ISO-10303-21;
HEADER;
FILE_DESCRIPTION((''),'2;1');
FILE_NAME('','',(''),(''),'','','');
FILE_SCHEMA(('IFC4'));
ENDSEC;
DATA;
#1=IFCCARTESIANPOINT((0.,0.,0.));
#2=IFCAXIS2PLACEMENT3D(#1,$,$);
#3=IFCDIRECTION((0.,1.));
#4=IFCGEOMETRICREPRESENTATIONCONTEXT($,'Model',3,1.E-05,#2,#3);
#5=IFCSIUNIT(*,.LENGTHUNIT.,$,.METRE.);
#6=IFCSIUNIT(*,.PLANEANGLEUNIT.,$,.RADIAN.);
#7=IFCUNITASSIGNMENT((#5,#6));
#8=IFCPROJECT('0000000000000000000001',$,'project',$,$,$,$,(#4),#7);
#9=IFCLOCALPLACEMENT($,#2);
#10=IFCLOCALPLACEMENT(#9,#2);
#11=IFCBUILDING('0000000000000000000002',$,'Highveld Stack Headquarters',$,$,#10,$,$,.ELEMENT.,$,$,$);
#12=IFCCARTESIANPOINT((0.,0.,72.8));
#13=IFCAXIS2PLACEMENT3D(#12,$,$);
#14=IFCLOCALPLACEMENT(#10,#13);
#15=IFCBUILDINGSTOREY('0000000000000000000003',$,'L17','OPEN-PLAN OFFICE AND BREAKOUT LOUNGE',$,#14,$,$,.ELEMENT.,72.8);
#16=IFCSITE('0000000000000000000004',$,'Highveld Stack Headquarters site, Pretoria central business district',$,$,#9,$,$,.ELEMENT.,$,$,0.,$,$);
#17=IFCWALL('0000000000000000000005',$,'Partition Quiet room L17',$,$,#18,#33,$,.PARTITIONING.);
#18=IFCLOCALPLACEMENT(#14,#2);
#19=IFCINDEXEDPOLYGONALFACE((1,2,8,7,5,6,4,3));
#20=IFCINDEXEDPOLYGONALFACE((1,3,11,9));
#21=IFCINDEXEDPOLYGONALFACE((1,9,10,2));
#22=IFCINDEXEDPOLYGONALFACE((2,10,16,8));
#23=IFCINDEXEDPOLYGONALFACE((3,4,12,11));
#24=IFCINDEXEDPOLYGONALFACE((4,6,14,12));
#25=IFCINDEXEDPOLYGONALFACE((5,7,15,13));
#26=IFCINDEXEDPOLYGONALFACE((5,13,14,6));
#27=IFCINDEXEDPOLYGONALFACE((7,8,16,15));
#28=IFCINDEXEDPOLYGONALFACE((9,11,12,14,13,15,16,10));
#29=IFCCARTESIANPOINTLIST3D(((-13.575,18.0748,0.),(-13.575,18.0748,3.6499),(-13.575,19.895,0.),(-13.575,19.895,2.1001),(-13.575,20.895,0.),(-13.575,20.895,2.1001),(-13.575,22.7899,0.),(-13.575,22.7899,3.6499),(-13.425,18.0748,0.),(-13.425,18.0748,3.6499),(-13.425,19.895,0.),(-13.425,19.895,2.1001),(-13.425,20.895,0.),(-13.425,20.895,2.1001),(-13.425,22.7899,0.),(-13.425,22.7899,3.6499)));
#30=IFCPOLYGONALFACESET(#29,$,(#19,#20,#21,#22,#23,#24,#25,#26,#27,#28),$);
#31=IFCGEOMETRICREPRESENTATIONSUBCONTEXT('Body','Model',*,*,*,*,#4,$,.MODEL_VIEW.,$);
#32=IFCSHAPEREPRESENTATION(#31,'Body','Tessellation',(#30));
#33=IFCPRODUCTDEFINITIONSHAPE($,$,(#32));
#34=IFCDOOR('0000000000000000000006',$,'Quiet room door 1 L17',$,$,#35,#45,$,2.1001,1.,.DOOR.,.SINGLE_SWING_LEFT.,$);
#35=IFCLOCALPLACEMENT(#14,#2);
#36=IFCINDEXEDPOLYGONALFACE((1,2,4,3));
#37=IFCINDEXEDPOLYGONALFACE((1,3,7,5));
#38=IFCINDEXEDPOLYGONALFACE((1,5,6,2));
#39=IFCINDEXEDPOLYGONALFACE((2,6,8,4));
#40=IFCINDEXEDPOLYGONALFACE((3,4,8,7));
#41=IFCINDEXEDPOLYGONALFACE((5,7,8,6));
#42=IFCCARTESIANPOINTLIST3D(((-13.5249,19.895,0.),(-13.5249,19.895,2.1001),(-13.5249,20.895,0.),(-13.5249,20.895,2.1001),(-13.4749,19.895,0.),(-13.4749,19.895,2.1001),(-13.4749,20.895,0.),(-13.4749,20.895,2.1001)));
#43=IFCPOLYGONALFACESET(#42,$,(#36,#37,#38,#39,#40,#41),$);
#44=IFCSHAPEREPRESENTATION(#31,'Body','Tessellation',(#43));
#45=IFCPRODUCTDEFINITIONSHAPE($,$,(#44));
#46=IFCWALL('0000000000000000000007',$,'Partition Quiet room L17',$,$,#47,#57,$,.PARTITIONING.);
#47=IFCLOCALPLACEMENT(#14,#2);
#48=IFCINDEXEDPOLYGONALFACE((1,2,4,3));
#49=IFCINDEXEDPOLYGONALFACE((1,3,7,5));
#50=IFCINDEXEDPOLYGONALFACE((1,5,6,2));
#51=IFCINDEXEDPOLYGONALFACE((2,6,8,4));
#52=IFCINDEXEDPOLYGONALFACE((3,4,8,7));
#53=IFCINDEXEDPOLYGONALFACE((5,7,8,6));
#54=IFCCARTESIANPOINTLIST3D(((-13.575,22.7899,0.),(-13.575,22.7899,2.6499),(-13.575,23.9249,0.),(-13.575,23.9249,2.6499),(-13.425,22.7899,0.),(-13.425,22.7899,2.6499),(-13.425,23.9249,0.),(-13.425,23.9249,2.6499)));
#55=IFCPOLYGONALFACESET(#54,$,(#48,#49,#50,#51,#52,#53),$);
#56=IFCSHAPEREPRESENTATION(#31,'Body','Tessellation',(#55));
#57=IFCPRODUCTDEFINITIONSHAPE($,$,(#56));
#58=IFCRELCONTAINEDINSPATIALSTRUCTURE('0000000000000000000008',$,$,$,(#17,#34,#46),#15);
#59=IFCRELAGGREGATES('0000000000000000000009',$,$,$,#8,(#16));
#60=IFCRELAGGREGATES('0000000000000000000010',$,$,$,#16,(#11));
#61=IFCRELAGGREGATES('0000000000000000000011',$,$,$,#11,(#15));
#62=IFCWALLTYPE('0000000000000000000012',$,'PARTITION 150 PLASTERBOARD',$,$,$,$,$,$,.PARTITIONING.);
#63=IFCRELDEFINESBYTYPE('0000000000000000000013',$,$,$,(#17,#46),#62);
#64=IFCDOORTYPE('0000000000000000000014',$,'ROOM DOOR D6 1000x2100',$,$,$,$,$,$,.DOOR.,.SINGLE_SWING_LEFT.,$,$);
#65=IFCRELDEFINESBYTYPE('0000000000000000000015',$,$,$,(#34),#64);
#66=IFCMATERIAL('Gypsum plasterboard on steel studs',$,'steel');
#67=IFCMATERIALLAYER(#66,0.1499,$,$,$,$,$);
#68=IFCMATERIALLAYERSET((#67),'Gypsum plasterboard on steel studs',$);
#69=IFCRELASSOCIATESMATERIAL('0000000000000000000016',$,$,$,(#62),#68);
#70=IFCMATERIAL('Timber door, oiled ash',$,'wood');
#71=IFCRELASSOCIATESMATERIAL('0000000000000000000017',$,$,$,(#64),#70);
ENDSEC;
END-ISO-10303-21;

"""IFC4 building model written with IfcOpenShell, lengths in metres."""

from ifc_helpers import new_model, si_unit, direction, frame, frame_2d, origin, place, context, subcontext, project, spatial, rectangle, extrude, material, layer, layer_set, type_object, element, fill, save


model = new_model("IFC4")

# Units and contexts
model_context = context("Model", 3, precision=1e-05, world=origin(), true_north=direction((0.0, 1.0)))
body_context = subcontext(model_context, "Body", "Model", "MODEL_VIEW")
ifc_project = project(units=[si_unit("LENGTHUNIT", "METRE"), si_unit("PLANEANGLEUNIT", "RADIAN")], contexts=[model_context])

# Site, building, storey
site_placement = place(None, origin())
site = spatial("IfcSite", under=ifc_project, at=site_placement, Name="Highveld Stack Headquarters site, Pretoria central business district", CompositionType="ELEMENT", RefElevation=0.0)
building_placement = place(site_placement, origin())
building = spatial("IfcBuilding", under=site, at=building_placement, Name="Highveld Stack Headquarters", CompositionType="ELEMENT")
storey_placement = place(building_placement, frame((0.0, 0.0, 72.8)))
storey = spatial("IfcBuildingStorey", under=building, at=storey_placement, Name="L17", Description="OPEN-PLAN OFFICE AND BREAKOUT LOUNGE", CompositionType="ELEMENT", Elevation=72.8)

# Shared definitions
ifc_material_1 = material(Name="Gypsum plasterboard on steel studs", Category="steel")
ifc_layer_1 = layer(ifc_material_1, 0.1499)
ifc_layer_set_1 = layer_set([ifc_layer_1], Name="Gypsum plasterboard on steel studs")
wall_type = type_object("IfcWallType", Name="PARTITION 150 PLASTERBOARD", PredefinedType="PARTITIONING", material=ifc_layer_set_1)

# Wall, opening, door
wall_1_placement = place(storey_placement, frame((-13.5, 18.075, 0.0), z_axis=(0.0, 0.0, 1.0), x_axis=(0.0, 1.0, 0.0)))
wall_1 = element("IfcWall", 1, at=wall_1_placement, inside=storey, type_object=wall_type, Name="Partition Quiet room L17", PredefinedType="PARTITIONING", context=body_context, shape_type="SweptSolid", body=[
    extrude(rectangle(XDim=4.7151, YDim=0.1499, at=frame_2d((2.3574, 0.0))), origin(), (0.0, 0.0, 1.0), 3.6499),
])
opening_placement = place(wall_1_placement, frame((1.8201, 0.0, 0.0)))
opening = element("IfcOpeningElement", 2, at=opening_placement, cuts=wall_1, PredefinedType="OPENING", context=body_context, shape_type="SweptSolid", body=[
    extrude(rectangle(XDim=1.0, YDim=2.1001, at=frame_2d((0.5, 1.05))), frame((0.0, 0.085, 0.0), z_axis=(0.0, -1.0, 0.0), x_axis=(1.0, 0.0, 0.0)), (0.0, 0.0, 1.0), 0.1699),
])
ifc_material_2 = material(Name="Timber door, oiled ash", Category="wood")
door_type = type_object("IfcDoorType", Name="ROOM DOOR D6 1000x2100", OperationType="SINGLE_SWING_LEFT", PredefinedType="DOOR", material=ifc_material_2)
door_placement = place(opening_placement, origin())
door = element("IfcDoor", 3, at=door_placement, inside=storey, type_object=door_type, Name="Quiet room door 1 L17", OperationType="SINGLE_SWING_LEFT", OverallHeight=2.1001, OverallWidth=1.0, PredefinedType="DOOR", context=body_context, shape_type="SweptSolid", body=[
    extrude(rectangle(XDim=1.0, YDim=2.1001, at=frame_2d((0.5, 1.05))), frame((0.0, 0.0249, 0.0), z_axis=(0.0, -1.0, 0.0), x_axis=(1.0, 0.0, 0.0)), (0.0, 0.0, 1.0), 0.05),
])
fill(opening, door)

# Wall
wall_2_placement = place(storey_placement, frame((-13.5, 22.79, 0.0), z_axis=(0.0, 0.0, 1.0), x_axis=(0.0, 1.0, 0.0)))
element("IfcWall", 4, at=wall_2_placement, inside=storey, type_object=wall_type, Name="Partition Quiet room L17", PredefinedType="PARTITIONING", context=body_context, shape_type="SweptSolid", body=[
    extrude(rectangle(XDim=1.135, YDim=0.1499, at=frame_2d((0.5674, 0.0))), origin(), (0.0, 0.0, 1.0), 2.6499),
])

save(model, "model.ifc")
